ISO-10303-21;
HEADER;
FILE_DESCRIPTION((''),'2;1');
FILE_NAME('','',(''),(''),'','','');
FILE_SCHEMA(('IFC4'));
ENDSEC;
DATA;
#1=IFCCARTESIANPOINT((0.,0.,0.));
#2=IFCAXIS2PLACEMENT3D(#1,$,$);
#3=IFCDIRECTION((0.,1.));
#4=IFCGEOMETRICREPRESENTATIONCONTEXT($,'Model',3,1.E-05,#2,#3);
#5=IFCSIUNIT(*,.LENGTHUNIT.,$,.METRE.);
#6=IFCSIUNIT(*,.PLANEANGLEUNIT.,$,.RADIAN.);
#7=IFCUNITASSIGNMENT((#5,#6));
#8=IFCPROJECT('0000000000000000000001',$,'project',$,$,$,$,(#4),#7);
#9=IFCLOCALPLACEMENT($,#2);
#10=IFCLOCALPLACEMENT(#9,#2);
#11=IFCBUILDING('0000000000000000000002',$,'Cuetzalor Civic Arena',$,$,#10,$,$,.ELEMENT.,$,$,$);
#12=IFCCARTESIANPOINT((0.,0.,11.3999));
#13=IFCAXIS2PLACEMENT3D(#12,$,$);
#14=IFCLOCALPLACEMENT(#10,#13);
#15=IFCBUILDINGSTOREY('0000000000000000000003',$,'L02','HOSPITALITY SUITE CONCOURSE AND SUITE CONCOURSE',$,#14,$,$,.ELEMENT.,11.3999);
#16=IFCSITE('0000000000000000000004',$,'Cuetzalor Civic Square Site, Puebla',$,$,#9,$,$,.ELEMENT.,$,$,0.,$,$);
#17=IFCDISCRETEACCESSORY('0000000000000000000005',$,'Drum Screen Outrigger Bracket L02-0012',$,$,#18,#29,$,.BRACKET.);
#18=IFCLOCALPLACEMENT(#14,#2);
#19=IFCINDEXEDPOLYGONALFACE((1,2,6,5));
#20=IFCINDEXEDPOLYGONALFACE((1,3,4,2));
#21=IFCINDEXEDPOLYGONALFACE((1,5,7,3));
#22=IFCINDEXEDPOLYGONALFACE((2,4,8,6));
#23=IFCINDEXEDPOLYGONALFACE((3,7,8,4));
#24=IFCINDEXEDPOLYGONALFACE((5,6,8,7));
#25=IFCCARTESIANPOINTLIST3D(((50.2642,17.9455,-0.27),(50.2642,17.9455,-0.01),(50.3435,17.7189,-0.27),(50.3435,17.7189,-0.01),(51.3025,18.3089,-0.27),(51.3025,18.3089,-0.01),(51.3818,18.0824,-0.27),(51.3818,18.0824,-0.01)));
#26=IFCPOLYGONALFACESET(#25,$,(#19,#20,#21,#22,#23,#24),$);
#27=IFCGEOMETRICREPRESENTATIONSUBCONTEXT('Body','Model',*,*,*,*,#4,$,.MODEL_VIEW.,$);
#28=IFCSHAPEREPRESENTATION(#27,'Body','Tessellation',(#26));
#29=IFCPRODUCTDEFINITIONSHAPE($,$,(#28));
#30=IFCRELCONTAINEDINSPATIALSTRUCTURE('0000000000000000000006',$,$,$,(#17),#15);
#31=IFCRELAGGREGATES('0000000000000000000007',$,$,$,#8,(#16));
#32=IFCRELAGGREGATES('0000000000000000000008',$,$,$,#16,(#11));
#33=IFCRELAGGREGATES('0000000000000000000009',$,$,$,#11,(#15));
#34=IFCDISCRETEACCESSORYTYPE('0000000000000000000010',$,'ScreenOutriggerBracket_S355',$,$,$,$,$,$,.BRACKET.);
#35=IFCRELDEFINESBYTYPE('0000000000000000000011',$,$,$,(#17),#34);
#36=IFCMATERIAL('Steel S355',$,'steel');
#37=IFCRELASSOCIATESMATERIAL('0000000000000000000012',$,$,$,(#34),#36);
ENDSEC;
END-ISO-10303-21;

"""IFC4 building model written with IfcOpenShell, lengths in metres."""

from ifc_helpers import new_model, si_unit, direction, frame, origin, origin_2d, place, context, subcontext, project, spatial, rectangle, extrude, material, type_object, element, save


model = new_model("IFC4")

# Units and contexts
model_context = context("Model", 3, precision=1e-05, world=origin(), true_north=direction((0.0, 1.0)))
body_context = subcontext(model_context, "Body", "Model", "MODEL_VIEW")
ifc_project = project(units=[si_unit("LENGTHUNIT", "METRE"), si_unit("PLANEANGLEUNIT", "RADIAN")], contexts=[model_context])

# Site, building, storey
site_placement = place(None, origin())
site = spatial("IfcSite", under=ifc_project, at=site_placement, Name="Cuetzalor Civic Square Site, Puebla", CompositionType="ELEMENT", RefElevation=0.0)
building_placement = place(site_placement, origin())
building = spatial("IfcBuilding", under=site, at=building_placement, Name="Cuetzalor Civic Arena", CompositionType="ELEMENT")
storey_placement = place(building_placement, frame((0.0, 0.0, 11.3999)))
storey = spatial("IfcBuildingStorey", under=building, at=storey_placement, Name="L02", Description="HOSPITALITY SUITE CONCOURSE AND SUITE CONCOURSE", CompositionType="ELEMENT", Elevation=11.3999)

# Discrete accessory
ifc_material_1 = material(Name="Steel S355", Category="steel")
discrete_accessory_type = type_object("IfcDiscreteAccessoryType", Name="ScreenOutriggerBracket_S355", PredefinedType="BRACKET", material=ifc_material_1)
discrete_accessory_placement = place(storey_placement, frame((50.823, 18.0139, -0.27), z_axis=(0.0, 0.0, 1.0), x_axis=(0.943859, 0.33035, 0.0)))
element("IfcDiscreteAccessory", 1, at=discrete_accessory_placement, inside=storey, type_object=discrete_accessory_type, Name="Drum Screen Outrigger Bracket L02-0012", PredefinedType="BRACKET", context=body_context, shape_type="SweptSolid", body=[
    extrude(rectangle(XDim=1.1001, YDim=0.24, at=origin_2d()), origin(), (0.0, 0.0, 1.0), 0.26),
])

save(model, "model.ifc")
